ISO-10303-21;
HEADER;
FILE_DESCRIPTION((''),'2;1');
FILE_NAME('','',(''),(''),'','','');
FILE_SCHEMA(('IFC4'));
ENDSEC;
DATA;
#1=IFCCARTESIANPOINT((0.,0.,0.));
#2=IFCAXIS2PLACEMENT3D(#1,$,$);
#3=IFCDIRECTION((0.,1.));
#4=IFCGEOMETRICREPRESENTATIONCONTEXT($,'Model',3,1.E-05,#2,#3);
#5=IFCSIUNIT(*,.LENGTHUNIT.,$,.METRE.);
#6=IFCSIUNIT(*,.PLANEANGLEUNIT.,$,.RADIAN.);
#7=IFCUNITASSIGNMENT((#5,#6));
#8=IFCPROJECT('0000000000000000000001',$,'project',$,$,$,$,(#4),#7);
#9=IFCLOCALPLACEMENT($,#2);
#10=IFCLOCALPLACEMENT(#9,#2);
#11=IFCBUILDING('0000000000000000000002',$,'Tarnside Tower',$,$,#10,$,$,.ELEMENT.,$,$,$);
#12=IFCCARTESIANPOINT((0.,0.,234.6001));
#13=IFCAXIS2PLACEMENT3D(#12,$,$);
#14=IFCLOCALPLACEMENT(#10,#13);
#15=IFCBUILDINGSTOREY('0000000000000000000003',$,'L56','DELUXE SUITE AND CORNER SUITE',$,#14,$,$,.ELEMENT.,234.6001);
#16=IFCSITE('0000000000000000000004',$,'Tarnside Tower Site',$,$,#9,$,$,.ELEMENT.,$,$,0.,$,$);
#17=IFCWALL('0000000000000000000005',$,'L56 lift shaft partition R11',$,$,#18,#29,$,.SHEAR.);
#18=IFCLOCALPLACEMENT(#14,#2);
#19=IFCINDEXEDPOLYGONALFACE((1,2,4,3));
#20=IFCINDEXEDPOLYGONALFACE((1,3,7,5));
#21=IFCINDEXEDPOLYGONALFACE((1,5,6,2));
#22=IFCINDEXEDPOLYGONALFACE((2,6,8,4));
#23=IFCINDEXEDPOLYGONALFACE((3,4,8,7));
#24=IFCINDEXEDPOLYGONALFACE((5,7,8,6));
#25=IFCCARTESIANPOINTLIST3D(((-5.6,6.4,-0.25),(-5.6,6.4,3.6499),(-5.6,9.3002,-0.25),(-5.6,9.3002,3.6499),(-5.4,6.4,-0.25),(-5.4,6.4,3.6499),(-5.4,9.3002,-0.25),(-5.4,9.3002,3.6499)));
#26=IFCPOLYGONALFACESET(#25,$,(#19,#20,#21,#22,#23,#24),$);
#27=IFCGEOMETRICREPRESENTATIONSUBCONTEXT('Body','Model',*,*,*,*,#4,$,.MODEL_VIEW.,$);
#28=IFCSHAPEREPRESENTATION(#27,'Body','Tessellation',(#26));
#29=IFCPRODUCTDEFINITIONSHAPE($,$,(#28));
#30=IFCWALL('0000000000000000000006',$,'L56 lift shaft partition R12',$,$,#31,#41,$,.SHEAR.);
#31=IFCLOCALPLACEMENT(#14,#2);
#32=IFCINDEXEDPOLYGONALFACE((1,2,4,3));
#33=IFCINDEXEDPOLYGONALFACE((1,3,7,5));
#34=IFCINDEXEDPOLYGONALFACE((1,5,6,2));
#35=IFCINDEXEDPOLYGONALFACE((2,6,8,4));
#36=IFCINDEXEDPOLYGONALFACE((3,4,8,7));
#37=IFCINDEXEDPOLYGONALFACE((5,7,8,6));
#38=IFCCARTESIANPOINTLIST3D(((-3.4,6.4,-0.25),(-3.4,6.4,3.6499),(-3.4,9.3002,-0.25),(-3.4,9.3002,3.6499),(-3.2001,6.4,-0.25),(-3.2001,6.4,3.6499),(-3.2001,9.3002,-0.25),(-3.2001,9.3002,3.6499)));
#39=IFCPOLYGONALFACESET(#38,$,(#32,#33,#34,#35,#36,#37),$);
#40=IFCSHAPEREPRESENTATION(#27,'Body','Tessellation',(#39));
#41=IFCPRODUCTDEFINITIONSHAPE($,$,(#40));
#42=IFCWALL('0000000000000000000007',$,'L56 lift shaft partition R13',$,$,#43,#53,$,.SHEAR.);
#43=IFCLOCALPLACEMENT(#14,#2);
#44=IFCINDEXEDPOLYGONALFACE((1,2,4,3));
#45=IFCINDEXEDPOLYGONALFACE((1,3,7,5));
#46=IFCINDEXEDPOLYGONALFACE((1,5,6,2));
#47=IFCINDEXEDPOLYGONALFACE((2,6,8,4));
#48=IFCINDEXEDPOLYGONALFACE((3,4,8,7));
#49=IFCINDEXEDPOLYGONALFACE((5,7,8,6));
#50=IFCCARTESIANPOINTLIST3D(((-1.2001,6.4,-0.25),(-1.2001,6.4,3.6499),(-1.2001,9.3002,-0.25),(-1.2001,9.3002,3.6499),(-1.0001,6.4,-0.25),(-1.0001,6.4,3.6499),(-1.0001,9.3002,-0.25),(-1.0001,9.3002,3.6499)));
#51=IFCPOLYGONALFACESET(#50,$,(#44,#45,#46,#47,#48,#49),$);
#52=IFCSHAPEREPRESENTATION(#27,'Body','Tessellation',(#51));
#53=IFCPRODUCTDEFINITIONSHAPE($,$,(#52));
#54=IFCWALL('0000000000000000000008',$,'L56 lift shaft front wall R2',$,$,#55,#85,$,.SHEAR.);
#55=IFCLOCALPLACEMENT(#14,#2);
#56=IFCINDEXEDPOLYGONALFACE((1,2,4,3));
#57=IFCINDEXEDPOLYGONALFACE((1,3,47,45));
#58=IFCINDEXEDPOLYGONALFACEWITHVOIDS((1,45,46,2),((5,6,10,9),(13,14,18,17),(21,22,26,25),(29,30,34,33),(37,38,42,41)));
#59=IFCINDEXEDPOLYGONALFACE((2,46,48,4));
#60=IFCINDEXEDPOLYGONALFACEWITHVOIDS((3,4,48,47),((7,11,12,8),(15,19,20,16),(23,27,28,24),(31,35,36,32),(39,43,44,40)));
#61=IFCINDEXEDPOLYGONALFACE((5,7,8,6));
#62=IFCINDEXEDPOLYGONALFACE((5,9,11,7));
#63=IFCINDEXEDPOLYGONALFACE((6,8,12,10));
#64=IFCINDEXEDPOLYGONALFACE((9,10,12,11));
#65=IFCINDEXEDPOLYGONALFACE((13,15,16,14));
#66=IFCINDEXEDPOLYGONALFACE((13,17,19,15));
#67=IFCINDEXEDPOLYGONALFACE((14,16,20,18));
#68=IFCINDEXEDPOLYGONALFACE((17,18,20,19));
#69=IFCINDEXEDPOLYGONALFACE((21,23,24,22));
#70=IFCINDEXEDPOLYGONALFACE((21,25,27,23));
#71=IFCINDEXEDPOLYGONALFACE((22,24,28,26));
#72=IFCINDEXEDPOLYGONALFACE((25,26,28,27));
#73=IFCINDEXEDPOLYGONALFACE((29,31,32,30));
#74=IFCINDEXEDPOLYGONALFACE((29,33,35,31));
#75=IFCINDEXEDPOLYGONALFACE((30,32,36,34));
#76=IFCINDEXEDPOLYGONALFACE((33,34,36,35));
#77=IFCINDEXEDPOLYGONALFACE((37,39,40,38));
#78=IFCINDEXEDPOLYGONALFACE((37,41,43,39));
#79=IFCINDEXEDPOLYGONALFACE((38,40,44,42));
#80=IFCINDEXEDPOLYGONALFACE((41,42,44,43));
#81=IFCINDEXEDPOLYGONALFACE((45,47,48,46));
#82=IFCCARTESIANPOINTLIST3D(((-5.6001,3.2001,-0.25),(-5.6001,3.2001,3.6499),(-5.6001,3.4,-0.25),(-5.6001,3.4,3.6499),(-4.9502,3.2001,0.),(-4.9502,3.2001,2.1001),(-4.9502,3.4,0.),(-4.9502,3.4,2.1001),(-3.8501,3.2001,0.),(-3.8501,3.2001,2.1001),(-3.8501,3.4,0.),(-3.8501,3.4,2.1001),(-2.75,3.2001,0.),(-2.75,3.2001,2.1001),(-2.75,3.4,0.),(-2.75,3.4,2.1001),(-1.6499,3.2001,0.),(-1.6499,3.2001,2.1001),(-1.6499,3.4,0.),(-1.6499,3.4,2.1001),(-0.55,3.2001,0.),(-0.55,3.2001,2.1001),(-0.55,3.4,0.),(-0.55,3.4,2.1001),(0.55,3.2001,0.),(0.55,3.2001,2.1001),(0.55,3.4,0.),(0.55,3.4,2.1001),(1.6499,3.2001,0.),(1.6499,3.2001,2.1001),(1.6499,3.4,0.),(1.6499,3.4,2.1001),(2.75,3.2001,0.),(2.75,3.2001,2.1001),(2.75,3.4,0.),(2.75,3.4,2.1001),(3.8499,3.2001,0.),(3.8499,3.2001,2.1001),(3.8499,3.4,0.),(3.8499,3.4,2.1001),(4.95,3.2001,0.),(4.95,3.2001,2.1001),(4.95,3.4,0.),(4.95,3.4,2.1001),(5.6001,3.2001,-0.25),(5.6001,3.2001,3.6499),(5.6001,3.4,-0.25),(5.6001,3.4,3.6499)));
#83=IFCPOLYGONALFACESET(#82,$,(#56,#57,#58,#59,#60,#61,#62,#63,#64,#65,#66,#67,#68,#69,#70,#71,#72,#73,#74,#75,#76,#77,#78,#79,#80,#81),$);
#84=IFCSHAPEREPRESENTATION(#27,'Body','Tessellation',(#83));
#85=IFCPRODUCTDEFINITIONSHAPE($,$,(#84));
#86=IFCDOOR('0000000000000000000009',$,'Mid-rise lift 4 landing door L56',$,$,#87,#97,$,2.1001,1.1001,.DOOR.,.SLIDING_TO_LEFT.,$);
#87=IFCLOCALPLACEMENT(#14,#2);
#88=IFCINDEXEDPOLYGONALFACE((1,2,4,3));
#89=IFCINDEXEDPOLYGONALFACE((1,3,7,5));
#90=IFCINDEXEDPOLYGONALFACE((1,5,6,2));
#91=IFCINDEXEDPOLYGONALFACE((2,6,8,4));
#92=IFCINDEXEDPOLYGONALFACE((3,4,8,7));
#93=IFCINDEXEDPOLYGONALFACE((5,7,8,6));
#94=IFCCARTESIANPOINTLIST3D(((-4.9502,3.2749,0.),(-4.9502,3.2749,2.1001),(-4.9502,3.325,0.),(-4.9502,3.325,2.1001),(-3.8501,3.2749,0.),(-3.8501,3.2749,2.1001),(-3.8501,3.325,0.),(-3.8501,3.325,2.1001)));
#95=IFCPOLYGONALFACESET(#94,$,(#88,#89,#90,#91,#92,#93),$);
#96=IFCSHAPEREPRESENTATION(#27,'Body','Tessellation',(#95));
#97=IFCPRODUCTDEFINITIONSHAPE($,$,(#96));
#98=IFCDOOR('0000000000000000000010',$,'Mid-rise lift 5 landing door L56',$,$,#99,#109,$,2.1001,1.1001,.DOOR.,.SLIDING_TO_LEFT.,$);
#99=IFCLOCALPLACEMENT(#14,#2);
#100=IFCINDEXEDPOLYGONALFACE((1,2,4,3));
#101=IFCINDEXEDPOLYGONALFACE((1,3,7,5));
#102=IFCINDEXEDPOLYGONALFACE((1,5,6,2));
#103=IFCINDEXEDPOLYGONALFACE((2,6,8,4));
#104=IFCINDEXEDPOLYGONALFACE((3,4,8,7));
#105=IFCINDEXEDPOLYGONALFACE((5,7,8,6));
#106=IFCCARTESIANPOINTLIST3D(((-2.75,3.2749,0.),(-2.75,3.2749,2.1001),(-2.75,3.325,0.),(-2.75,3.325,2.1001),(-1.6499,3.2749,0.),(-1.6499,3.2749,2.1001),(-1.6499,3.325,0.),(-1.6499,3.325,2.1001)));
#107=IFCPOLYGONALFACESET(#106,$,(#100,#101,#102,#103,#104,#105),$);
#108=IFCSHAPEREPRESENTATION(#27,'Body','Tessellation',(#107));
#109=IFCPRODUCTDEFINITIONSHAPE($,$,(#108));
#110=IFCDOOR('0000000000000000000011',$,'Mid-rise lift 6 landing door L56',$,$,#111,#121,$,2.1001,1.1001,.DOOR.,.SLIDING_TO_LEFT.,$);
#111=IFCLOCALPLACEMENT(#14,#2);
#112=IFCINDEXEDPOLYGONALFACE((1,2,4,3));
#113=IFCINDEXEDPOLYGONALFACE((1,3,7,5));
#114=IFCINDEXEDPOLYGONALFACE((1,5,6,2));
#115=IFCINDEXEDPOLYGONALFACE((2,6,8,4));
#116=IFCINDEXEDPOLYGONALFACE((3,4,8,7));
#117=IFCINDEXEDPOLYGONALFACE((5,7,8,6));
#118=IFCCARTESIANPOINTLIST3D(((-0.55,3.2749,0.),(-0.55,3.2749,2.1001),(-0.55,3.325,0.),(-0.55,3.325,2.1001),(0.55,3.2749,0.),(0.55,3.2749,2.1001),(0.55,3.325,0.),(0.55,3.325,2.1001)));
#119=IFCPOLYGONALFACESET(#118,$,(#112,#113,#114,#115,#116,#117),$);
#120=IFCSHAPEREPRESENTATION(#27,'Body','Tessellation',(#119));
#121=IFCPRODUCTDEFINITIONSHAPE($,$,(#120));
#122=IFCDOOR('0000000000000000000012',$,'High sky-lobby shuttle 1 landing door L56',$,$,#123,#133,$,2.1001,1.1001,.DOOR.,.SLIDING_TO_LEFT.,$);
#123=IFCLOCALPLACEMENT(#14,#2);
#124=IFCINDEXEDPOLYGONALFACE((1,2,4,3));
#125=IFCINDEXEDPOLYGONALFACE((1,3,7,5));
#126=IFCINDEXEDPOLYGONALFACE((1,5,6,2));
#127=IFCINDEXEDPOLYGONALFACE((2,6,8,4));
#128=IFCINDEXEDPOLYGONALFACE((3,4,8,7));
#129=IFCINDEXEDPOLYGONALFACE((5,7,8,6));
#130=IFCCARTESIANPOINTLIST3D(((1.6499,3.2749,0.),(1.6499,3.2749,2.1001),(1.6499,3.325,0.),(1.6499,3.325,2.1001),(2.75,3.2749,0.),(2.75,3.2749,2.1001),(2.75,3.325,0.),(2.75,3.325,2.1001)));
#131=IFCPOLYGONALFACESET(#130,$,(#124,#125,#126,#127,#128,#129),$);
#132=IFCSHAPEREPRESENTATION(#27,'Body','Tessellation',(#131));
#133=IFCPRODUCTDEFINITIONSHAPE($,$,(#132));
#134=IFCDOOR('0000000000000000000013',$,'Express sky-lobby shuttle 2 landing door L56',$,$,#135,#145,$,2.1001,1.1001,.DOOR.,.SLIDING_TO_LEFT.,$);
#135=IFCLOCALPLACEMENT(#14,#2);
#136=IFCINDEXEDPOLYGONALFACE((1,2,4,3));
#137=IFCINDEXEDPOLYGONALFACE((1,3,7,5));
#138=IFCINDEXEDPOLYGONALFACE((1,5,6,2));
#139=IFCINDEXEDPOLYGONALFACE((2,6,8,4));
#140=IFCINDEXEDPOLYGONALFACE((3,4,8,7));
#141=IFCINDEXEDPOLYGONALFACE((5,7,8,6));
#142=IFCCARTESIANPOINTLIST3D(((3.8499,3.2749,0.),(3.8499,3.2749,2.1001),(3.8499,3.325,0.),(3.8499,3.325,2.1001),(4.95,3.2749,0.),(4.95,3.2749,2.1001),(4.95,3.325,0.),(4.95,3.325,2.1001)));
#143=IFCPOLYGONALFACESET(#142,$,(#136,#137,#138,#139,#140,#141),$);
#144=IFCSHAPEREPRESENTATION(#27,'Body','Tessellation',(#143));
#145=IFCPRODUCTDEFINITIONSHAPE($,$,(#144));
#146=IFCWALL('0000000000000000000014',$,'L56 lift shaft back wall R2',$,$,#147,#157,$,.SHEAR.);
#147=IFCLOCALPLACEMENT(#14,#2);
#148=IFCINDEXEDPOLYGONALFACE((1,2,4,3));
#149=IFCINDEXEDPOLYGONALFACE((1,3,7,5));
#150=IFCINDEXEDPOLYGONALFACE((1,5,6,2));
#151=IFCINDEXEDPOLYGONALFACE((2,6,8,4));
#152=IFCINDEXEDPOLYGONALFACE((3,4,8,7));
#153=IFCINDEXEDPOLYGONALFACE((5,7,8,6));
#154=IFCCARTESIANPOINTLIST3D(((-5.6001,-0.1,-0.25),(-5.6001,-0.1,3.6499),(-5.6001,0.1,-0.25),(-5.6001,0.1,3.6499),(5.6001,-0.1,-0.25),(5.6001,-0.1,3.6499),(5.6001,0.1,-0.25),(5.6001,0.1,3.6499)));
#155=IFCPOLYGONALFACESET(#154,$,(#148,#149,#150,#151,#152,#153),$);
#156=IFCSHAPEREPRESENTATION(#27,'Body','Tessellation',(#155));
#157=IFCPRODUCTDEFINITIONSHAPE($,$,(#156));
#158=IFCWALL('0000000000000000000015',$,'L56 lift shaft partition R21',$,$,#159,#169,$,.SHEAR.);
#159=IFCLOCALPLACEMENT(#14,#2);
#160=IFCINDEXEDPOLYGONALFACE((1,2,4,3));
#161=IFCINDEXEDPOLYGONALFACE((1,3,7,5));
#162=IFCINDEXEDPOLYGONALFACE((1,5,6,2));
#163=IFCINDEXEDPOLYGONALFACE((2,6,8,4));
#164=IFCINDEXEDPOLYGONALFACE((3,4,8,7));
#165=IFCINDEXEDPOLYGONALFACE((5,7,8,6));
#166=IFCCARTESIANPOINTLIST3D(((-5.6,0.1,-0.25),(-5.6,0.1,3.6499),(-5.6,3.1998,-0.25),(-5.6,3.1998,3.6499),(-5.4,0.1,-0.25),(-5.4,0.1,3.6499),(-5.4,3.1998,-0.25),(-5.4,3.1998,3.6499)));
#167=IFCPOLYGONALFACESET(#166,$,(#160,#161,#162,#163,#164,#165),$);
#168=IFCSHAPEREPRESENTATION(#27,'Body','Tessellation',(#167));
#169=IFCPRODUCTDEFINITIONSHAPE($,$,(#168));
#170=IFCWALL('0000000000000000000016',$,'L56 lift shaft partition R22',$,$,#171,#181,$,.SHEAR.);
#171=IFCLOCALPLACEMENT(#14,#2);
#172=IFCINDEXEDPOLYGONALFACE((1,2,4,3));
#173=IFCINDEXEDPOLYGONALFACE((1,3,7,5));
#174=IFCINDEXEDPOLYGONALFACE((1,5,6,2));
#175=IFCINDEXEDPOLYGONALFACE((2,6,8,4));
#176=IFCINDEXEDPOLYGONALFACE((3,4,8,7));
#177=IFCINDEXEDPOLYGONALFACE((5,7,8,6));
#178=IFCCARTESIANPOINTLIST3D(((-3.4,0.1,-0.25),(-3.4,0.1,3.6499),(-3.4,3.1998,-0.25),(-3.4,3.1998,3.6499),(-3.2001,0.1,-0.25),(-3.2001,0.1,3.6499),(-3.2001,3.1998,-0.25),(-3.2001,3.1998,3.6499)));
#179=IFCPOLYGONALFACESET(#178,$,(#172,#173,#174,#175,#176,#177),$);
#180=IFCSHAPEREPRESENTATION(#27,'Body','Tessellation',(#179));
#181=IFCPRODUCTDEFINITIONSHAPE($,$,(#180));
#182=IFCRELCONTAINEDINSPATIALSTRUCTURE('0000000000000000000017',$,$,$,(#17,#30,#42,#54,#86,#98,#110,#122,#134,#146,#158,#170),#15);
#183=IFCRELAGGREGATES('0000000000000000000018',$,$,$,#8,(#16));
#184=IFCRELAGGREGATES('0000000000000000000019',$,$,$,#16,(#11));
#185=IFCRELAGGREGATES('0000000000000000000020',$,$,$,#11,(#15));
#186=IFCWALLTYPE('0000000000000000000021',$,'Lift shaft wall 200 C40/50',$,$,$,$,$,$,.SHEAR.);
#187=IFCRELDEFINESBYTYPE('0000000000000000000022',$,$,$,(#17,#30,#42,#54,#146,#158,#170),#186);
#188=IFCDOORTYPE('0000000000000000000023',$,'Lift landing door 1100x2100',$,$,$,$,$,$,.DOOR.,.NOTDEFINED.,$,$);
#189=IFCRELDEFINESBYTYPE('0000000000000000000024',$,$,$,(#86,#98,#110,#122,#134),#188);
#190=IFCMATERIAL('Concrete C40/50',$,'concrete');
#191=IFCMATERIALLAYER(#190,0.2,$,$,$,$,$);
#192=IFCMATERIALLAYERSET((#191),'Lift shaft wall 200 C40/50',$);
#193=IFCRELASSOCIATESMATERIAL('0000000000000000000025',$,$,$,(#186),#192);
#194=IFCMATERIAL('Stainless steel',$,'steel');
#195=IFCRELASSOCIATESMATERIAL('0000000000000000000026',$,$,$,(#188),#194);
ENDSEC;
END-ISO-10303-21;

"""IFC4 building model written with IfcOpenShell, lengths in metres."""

from ifc_helpers import new_model, si_unit, direction, frame, frame_2d, origin, place, context, subcontext, project, spatial, rectangle, extrude, material, layer, layer_set, type_object, element, fill, save


model = new_model("IFC4")

# Units and contexts
model_context = context("Model", 3, precision=1e-05, world=origin(), true_north=direction((0.0, 1.0)))
body_context = subcontext(model_context, "Body", "Model", "MODEL_VIEW")
ifc_project = project(units=[si_unit("LENGTHUNIT", "METRE"), si_unit("PLANEANGLEUNIT", "RADIAN")], contexts=[model_context])

# Site, building, storey
site_placement = place(None, origin())
site = spatial("IfcSite", under=ifc_project, at=site_placement, Name="Tarnside Tower Site", CompositionType="ELEMENT", RefElevation=0.0)
building_placement = place(site_placement, origin())
building = spatial("IfcBuilding", under=site, at=building_placement, Name="Tarnside Tower", CompositionType="ELEMENT")
storey_placement = place(building_placement, frame((0.0, 0.0, 234.6001)))
storey = spatial("IfcBuildingStorey", under=building, at=storey_placement, Name="L56", Description="DELUXE SUITE AND CORNER SUITE", CompositionType="ELEMENT", Elevation=234.6001)

# Shared definitions
ifc_material_1 = material(Name="Concrete C40/50", Category="concrete")
ifc_layer_1 = layer(ifc_material_1, 0.2)
ifc_layer_set_1 = layer_set([ifc_layer_1], Name="Lift shaft wall 200 C40/50")
wall_type_1 = type_object("IfcWallType", Name="Lift shaft wall 200 C40/50", PredefinedType="SHEAR", material=ifc_layer_set_1)
ifc_material_2 = material(Name="Stainless steel", Category="steel")
door_type_1 = type_object("IfcDoorType", Name="Lift landing door 1100x2100", OperationType="NOTDEFINED", PredefinedType="DOOR", material=ifc_material_2)

# Walls
for number, where, z_axis, x_axis, name in (
    (1, (-5.5, 6.3999, -0.25), (0.0, 0.0, 1.0), (0.0, 1.0, 0.0), "L56 lift shaft partition R11"),
    (2, (-3.3, 6.3999, -0.25), (0.0, 0.0, 1.0), (0.0, 1.0, 0.0), "L56 lift shaft partition R12"),
    (3, (-1.1001, 6.3999, -0.25), (0.0, 0.0, 1.0), (0.0, 1.0, 0.0), "L56 lift shaft partition R13"),
):
    element("IfcWall", number, at=place(storey_placement, frame(where, z_axis=z_axis, x_axis=x_axis)), inside=storey, type_object=wall_type_1, Name=name, PredefinedType="SHEAR", context=body_context, shape_type="SweptSolid", body=[
        extrude(rectangle(XDim=2.9001, YDim=0.2, at=frame_2d((1.4502, 0.0))), origin(), (0.0, 0.0, 1.0), 3.8999),
    ])

# Wall, openings, doors
wall_1_placement = place(storey_placement, frame((-5.6001, 3.3, -0.25), z_axis=(0.0, 0.0, 1.0), x_axis=(1.0, 0.0, 0.0)))
wall_1 = element("IfcWall", 4, at=wall_1_placement, inside=storey, type_object=wall_type_1, Name="L56 lift shaft front wall R2", PredefinedType="SHEAR", context=body_context, shape_type="SweptSolid", body=[
    extrude(rectangle(XDim=11.2002, YDim=0.2, at=frame_2d((5.6001, 0.0))), origin(), (0.0, 0.0, 1.0), 3.8999),
])
opening_1_placement = place(wall_1_placement, frame((0.6499, 0.0, 0.25)))
opening_1 = element("IfcOpeningElement", 5, at=opening_1_placement, cuts=wall_1, PredefinedType="OPENING", context=body_context, shape_type="SweptSolid", body=[
    extrude(rectangle(XDim=1.1001, YDim=2.1001, at=frame_2d((0.55, 1.05))), frame((0.0, 0.1099, 0.0), z_axis=(0.0, -1.0, 0.0), x_axis=(1.0, 0.0, 0.0)), (0.0, 0.0, 1.0), 0.22),
])
opening_2_placement = place(wall_1_placement, frame((2.8501, 0.0, 0.25)))
opening_2 = element("IfcOpeningElement", 6, at=opening_2_placement, cuts=wall_1, PredefinedType="OPENING", context=body_context, shape_type="SweptSolid", body=[
    extrude(rectangle(XDim=1.1001, YDim=2.1001, at=frame_2d((0.55, 1.05))), frame((0.0, 0.1099, 0.0), z_axis=(0.0, -1.0, 0.0), x_axis=(1.0, 0.0, 0.0)), (0.0, 0.0, 1.0), 0.22),
])
opening_3_placement = place(wall_1_placement, frame((5.05, 0.0, 0.25)))
opening_3 = element("IfcOpeningElement", 7, at=opening_3_placement, cuts=wall_1, PredefinedType="OPENING", context=body_context, shape_type="SweptSolid", body=[
    extrude(rectangle(XDim=1.1001, YDim=2.1001, at=frame_2d((0.55, 1.05))), frame((0.0, 0.1099, 0.0), z_axis=(0.0, -1.0, 0.0), x_axis=(1.0, 0.0, 0.0)), (0.0, 0.0, 1.0), 0.22),
])
opening_4_placement = place(wall_1_placement, frame((7.25, 0.0, 0.25)))
opening_4 = element("IfcOpeningElement", 8, at=opening_4_placement, cuts=wall_1, PredefinedType="OPENING", context=body_context, shape_type="SweptSolid", body=[
    extrude(rectangle(XDim=1.1001, YDim=2.1001, at=frame_2d((0.55, 1.05))), frame((0.0, 0.1099, 0.0), z_axis=(0.0, -1.0, 0.0), x_axis=(1.0, 0.0, 0.0)), (0.0, 0.0, 1.0), 0.22),
])
opening_5_placement = place(wall_1_placement, frame((9.45, 0.0, 0.25)))
opening_5 = element("IfcOpeningElement", 9, at=opening_5_placement, cuts=wall_1, PredefinedType="OPENING", context=body_context, shape_type="SweptSolid", body=[
    extrude(rectangle(XDim=1.1001, YDim=2.1001, at=frame_2d((0.55, 1.05))), frame((0.0, 0.1099, 0.0), z_axis=(0.0, -1.0, 0.0), x_axis=(1.0, 0.0, 0.0)), (0.0, 0.0, 1.0), 0.22),
])
door_1_placement = place(opening_1_placement, origin())
door_1 = element("IfcDoor", 10, at=door_1_placement, inside=storey, type_object=door_type_1, Name="Mid-rise lift 4 landing door L56", OperationType="SLIDING_TO_LEFT", OverallHeight=2.1001, OverallWidth=1.1001, PredefinedType="DOOR", context=body_context, shape_type="SweptSolid", body=[
    extrude(rectangle(XDim=1.1001, YDim=2.1001, at=frame_2d((0.55, 1.05))), frame((0.0, 0.0249, 0.0), z_axis=(0.0, -1.0, 0.0), x_axis=(1.0, 0.0, 0.0)), (0.0, 0.0, 1.0), 0.05),
])
fill(opening_1, door_1)
door_2_placement = place(opening_2_placement, origin())
door_2 = element("IfcDoor", 11, at=door_2_placement, inside=storey, type_object=door_type_1, Name="Mid-rise lift 5 landing door L56", OperationType="SLIDING_TO_LEFT", OverallHeight=2.1001, OverallWidth=1.1001, PredefinedType="DOOR", context=body_context, shape_type="SweptSolid", body=[
    extrude(rectangle(XDim=1.1001, YDim=2.1001, at=frame_2d((0.55, 1.05))), frame((0.0, 0.0249, 0.0), z_axis=(0.0, -1.0, 0.0), x_axis=(1.0, 0.0, 0.0)), (0.0, 0.0, 1.0), 0.05),
])
fill(opening_2, door_2)
door_3_placement = place(opening_3_placement, origin())
door_3 = element("IfcDoor", 12, at=door_3_placement, inside=storey, type_object=door_type_1, Name="Mid-rise lift 6 landing door L56", OperationType="SLIDING_TO_LEFT", OverallHeight=2.1001, OverallWidth=1.1001, PredefinedType="DOOR", context=body_context, shape_type="SweptSolid", body=[
    extrude(rectangle(XDim=1.1001, YDim=2.1001, at=frame_2d((0.55, 1.05))), frame((0.0, 0.0249, 0.0), z_axis=(0.0, -1.0, 0.0), x_axis=(1.0, 0.0, 0.0)), (0.0, 0.0, 1.0), 0.05),
])
fill(opening_3, door_3)
door_4_placement = place(opening_4_placement, origin())
door_4 = element("IfcDoor", 13, at=door_4_placement, inside=storey, type_object=door_type_1, Name="High sky-lobby shuttle 1 landing door L56", OperationType="SLIDING_TO_LEFT", OverallHeight=2.1001, OverallWidth=1.1001, PredefinedType="DOOR", context=body_context, shape_type="SweptSolid", body=[
    extrude(rectangle(XDim=1.1001, YDim=2.1001, at=frame_2d((0.55, 1.05))), frame((0.0, 0.0249, 0.0), z_axis=(0.0, -1.0, 0.0), x_axis=(1.0, 0.0, 0.0)), (0.0, 0.0, 1.0), 0.05),
])
fill(opening_4, door_4)
door_5_placement = place(opening_5_placement, origin())
door_5 = element("IfcDoor", 14, at=door_5_placement, inside=storey, type_object=door_type_1, Name="Express sky-lobby shuttle 2 landing door L56", OperationType="SLIDING_TO_LEFT", OverallHeight=2.1001, OverallWidth=1.1001, PredefinedType="DOOR", context=body_context, shape_type="SweptSolid", body=[
    extrude(rectangle(XDim=1.1001, YDim=2.1001, at=frame_2d((0.55, 1.05))), frame((0.0, 0.0249, 0.0), z_axis=(0.0, -1.0, 0.0), x_axis=(1.0, 0.0, 0.0)), (0.0, 0.0, 1.0), 0.05),
])
fill(opening_5, door_5)

# Walls
wall_2_placement = place(storey_placement, frame((-5.6001, 0.0, -0.25), z_axis=(0.0, 0.0, 1.0), x_axis=(1.0, 0.0, 0.0)))
element("IfcWall", 15, at=wall_2_placement, inside=storey, type_object=wall_type_1, Name="L56 lift shaft back wall R2", PredefinedType="SHEAR", context=body_context, shape_type="SweptSolid", body=[
    extrude(rectangle(XDim=11.2002, YDim=0.2, at=frame_2d((5.6001, 0.0))), origin(), (0.0, 0.0, 1.0), 3.8999),
])
for number, where, z_axis, x_axis, name in (
    (16, (-5.5, 0.1001, -0.25), (0.0, 0.0, 1.0), (0.0, 1.0, 0.0), "L56 lift shaft partition R21"),
    (17, (-3.3, 0.1001, -0.25), (0.0, 0.0, 1.0), (0.0, 1.0, 0.0), "L56 lift shaft partition R22"),
):
    element("IfcWall", number, at=place(storey_placement, frame(where, z_axis=z_axis, x_axis=x_axis)), inside=storey, type_object=wall_type_1, Name=name, PredefinedType="SHEAR", context=body_context, shape_type="SweptSolid", body=[
        extrude(rectangle(XDim=3.0999, YDim=0.2, at=frame_2d((1.5498, 0.0))), origin(), (0.0, 0.0, 1.0), 3.8999),
    ])

save(model, "model.ifc")
